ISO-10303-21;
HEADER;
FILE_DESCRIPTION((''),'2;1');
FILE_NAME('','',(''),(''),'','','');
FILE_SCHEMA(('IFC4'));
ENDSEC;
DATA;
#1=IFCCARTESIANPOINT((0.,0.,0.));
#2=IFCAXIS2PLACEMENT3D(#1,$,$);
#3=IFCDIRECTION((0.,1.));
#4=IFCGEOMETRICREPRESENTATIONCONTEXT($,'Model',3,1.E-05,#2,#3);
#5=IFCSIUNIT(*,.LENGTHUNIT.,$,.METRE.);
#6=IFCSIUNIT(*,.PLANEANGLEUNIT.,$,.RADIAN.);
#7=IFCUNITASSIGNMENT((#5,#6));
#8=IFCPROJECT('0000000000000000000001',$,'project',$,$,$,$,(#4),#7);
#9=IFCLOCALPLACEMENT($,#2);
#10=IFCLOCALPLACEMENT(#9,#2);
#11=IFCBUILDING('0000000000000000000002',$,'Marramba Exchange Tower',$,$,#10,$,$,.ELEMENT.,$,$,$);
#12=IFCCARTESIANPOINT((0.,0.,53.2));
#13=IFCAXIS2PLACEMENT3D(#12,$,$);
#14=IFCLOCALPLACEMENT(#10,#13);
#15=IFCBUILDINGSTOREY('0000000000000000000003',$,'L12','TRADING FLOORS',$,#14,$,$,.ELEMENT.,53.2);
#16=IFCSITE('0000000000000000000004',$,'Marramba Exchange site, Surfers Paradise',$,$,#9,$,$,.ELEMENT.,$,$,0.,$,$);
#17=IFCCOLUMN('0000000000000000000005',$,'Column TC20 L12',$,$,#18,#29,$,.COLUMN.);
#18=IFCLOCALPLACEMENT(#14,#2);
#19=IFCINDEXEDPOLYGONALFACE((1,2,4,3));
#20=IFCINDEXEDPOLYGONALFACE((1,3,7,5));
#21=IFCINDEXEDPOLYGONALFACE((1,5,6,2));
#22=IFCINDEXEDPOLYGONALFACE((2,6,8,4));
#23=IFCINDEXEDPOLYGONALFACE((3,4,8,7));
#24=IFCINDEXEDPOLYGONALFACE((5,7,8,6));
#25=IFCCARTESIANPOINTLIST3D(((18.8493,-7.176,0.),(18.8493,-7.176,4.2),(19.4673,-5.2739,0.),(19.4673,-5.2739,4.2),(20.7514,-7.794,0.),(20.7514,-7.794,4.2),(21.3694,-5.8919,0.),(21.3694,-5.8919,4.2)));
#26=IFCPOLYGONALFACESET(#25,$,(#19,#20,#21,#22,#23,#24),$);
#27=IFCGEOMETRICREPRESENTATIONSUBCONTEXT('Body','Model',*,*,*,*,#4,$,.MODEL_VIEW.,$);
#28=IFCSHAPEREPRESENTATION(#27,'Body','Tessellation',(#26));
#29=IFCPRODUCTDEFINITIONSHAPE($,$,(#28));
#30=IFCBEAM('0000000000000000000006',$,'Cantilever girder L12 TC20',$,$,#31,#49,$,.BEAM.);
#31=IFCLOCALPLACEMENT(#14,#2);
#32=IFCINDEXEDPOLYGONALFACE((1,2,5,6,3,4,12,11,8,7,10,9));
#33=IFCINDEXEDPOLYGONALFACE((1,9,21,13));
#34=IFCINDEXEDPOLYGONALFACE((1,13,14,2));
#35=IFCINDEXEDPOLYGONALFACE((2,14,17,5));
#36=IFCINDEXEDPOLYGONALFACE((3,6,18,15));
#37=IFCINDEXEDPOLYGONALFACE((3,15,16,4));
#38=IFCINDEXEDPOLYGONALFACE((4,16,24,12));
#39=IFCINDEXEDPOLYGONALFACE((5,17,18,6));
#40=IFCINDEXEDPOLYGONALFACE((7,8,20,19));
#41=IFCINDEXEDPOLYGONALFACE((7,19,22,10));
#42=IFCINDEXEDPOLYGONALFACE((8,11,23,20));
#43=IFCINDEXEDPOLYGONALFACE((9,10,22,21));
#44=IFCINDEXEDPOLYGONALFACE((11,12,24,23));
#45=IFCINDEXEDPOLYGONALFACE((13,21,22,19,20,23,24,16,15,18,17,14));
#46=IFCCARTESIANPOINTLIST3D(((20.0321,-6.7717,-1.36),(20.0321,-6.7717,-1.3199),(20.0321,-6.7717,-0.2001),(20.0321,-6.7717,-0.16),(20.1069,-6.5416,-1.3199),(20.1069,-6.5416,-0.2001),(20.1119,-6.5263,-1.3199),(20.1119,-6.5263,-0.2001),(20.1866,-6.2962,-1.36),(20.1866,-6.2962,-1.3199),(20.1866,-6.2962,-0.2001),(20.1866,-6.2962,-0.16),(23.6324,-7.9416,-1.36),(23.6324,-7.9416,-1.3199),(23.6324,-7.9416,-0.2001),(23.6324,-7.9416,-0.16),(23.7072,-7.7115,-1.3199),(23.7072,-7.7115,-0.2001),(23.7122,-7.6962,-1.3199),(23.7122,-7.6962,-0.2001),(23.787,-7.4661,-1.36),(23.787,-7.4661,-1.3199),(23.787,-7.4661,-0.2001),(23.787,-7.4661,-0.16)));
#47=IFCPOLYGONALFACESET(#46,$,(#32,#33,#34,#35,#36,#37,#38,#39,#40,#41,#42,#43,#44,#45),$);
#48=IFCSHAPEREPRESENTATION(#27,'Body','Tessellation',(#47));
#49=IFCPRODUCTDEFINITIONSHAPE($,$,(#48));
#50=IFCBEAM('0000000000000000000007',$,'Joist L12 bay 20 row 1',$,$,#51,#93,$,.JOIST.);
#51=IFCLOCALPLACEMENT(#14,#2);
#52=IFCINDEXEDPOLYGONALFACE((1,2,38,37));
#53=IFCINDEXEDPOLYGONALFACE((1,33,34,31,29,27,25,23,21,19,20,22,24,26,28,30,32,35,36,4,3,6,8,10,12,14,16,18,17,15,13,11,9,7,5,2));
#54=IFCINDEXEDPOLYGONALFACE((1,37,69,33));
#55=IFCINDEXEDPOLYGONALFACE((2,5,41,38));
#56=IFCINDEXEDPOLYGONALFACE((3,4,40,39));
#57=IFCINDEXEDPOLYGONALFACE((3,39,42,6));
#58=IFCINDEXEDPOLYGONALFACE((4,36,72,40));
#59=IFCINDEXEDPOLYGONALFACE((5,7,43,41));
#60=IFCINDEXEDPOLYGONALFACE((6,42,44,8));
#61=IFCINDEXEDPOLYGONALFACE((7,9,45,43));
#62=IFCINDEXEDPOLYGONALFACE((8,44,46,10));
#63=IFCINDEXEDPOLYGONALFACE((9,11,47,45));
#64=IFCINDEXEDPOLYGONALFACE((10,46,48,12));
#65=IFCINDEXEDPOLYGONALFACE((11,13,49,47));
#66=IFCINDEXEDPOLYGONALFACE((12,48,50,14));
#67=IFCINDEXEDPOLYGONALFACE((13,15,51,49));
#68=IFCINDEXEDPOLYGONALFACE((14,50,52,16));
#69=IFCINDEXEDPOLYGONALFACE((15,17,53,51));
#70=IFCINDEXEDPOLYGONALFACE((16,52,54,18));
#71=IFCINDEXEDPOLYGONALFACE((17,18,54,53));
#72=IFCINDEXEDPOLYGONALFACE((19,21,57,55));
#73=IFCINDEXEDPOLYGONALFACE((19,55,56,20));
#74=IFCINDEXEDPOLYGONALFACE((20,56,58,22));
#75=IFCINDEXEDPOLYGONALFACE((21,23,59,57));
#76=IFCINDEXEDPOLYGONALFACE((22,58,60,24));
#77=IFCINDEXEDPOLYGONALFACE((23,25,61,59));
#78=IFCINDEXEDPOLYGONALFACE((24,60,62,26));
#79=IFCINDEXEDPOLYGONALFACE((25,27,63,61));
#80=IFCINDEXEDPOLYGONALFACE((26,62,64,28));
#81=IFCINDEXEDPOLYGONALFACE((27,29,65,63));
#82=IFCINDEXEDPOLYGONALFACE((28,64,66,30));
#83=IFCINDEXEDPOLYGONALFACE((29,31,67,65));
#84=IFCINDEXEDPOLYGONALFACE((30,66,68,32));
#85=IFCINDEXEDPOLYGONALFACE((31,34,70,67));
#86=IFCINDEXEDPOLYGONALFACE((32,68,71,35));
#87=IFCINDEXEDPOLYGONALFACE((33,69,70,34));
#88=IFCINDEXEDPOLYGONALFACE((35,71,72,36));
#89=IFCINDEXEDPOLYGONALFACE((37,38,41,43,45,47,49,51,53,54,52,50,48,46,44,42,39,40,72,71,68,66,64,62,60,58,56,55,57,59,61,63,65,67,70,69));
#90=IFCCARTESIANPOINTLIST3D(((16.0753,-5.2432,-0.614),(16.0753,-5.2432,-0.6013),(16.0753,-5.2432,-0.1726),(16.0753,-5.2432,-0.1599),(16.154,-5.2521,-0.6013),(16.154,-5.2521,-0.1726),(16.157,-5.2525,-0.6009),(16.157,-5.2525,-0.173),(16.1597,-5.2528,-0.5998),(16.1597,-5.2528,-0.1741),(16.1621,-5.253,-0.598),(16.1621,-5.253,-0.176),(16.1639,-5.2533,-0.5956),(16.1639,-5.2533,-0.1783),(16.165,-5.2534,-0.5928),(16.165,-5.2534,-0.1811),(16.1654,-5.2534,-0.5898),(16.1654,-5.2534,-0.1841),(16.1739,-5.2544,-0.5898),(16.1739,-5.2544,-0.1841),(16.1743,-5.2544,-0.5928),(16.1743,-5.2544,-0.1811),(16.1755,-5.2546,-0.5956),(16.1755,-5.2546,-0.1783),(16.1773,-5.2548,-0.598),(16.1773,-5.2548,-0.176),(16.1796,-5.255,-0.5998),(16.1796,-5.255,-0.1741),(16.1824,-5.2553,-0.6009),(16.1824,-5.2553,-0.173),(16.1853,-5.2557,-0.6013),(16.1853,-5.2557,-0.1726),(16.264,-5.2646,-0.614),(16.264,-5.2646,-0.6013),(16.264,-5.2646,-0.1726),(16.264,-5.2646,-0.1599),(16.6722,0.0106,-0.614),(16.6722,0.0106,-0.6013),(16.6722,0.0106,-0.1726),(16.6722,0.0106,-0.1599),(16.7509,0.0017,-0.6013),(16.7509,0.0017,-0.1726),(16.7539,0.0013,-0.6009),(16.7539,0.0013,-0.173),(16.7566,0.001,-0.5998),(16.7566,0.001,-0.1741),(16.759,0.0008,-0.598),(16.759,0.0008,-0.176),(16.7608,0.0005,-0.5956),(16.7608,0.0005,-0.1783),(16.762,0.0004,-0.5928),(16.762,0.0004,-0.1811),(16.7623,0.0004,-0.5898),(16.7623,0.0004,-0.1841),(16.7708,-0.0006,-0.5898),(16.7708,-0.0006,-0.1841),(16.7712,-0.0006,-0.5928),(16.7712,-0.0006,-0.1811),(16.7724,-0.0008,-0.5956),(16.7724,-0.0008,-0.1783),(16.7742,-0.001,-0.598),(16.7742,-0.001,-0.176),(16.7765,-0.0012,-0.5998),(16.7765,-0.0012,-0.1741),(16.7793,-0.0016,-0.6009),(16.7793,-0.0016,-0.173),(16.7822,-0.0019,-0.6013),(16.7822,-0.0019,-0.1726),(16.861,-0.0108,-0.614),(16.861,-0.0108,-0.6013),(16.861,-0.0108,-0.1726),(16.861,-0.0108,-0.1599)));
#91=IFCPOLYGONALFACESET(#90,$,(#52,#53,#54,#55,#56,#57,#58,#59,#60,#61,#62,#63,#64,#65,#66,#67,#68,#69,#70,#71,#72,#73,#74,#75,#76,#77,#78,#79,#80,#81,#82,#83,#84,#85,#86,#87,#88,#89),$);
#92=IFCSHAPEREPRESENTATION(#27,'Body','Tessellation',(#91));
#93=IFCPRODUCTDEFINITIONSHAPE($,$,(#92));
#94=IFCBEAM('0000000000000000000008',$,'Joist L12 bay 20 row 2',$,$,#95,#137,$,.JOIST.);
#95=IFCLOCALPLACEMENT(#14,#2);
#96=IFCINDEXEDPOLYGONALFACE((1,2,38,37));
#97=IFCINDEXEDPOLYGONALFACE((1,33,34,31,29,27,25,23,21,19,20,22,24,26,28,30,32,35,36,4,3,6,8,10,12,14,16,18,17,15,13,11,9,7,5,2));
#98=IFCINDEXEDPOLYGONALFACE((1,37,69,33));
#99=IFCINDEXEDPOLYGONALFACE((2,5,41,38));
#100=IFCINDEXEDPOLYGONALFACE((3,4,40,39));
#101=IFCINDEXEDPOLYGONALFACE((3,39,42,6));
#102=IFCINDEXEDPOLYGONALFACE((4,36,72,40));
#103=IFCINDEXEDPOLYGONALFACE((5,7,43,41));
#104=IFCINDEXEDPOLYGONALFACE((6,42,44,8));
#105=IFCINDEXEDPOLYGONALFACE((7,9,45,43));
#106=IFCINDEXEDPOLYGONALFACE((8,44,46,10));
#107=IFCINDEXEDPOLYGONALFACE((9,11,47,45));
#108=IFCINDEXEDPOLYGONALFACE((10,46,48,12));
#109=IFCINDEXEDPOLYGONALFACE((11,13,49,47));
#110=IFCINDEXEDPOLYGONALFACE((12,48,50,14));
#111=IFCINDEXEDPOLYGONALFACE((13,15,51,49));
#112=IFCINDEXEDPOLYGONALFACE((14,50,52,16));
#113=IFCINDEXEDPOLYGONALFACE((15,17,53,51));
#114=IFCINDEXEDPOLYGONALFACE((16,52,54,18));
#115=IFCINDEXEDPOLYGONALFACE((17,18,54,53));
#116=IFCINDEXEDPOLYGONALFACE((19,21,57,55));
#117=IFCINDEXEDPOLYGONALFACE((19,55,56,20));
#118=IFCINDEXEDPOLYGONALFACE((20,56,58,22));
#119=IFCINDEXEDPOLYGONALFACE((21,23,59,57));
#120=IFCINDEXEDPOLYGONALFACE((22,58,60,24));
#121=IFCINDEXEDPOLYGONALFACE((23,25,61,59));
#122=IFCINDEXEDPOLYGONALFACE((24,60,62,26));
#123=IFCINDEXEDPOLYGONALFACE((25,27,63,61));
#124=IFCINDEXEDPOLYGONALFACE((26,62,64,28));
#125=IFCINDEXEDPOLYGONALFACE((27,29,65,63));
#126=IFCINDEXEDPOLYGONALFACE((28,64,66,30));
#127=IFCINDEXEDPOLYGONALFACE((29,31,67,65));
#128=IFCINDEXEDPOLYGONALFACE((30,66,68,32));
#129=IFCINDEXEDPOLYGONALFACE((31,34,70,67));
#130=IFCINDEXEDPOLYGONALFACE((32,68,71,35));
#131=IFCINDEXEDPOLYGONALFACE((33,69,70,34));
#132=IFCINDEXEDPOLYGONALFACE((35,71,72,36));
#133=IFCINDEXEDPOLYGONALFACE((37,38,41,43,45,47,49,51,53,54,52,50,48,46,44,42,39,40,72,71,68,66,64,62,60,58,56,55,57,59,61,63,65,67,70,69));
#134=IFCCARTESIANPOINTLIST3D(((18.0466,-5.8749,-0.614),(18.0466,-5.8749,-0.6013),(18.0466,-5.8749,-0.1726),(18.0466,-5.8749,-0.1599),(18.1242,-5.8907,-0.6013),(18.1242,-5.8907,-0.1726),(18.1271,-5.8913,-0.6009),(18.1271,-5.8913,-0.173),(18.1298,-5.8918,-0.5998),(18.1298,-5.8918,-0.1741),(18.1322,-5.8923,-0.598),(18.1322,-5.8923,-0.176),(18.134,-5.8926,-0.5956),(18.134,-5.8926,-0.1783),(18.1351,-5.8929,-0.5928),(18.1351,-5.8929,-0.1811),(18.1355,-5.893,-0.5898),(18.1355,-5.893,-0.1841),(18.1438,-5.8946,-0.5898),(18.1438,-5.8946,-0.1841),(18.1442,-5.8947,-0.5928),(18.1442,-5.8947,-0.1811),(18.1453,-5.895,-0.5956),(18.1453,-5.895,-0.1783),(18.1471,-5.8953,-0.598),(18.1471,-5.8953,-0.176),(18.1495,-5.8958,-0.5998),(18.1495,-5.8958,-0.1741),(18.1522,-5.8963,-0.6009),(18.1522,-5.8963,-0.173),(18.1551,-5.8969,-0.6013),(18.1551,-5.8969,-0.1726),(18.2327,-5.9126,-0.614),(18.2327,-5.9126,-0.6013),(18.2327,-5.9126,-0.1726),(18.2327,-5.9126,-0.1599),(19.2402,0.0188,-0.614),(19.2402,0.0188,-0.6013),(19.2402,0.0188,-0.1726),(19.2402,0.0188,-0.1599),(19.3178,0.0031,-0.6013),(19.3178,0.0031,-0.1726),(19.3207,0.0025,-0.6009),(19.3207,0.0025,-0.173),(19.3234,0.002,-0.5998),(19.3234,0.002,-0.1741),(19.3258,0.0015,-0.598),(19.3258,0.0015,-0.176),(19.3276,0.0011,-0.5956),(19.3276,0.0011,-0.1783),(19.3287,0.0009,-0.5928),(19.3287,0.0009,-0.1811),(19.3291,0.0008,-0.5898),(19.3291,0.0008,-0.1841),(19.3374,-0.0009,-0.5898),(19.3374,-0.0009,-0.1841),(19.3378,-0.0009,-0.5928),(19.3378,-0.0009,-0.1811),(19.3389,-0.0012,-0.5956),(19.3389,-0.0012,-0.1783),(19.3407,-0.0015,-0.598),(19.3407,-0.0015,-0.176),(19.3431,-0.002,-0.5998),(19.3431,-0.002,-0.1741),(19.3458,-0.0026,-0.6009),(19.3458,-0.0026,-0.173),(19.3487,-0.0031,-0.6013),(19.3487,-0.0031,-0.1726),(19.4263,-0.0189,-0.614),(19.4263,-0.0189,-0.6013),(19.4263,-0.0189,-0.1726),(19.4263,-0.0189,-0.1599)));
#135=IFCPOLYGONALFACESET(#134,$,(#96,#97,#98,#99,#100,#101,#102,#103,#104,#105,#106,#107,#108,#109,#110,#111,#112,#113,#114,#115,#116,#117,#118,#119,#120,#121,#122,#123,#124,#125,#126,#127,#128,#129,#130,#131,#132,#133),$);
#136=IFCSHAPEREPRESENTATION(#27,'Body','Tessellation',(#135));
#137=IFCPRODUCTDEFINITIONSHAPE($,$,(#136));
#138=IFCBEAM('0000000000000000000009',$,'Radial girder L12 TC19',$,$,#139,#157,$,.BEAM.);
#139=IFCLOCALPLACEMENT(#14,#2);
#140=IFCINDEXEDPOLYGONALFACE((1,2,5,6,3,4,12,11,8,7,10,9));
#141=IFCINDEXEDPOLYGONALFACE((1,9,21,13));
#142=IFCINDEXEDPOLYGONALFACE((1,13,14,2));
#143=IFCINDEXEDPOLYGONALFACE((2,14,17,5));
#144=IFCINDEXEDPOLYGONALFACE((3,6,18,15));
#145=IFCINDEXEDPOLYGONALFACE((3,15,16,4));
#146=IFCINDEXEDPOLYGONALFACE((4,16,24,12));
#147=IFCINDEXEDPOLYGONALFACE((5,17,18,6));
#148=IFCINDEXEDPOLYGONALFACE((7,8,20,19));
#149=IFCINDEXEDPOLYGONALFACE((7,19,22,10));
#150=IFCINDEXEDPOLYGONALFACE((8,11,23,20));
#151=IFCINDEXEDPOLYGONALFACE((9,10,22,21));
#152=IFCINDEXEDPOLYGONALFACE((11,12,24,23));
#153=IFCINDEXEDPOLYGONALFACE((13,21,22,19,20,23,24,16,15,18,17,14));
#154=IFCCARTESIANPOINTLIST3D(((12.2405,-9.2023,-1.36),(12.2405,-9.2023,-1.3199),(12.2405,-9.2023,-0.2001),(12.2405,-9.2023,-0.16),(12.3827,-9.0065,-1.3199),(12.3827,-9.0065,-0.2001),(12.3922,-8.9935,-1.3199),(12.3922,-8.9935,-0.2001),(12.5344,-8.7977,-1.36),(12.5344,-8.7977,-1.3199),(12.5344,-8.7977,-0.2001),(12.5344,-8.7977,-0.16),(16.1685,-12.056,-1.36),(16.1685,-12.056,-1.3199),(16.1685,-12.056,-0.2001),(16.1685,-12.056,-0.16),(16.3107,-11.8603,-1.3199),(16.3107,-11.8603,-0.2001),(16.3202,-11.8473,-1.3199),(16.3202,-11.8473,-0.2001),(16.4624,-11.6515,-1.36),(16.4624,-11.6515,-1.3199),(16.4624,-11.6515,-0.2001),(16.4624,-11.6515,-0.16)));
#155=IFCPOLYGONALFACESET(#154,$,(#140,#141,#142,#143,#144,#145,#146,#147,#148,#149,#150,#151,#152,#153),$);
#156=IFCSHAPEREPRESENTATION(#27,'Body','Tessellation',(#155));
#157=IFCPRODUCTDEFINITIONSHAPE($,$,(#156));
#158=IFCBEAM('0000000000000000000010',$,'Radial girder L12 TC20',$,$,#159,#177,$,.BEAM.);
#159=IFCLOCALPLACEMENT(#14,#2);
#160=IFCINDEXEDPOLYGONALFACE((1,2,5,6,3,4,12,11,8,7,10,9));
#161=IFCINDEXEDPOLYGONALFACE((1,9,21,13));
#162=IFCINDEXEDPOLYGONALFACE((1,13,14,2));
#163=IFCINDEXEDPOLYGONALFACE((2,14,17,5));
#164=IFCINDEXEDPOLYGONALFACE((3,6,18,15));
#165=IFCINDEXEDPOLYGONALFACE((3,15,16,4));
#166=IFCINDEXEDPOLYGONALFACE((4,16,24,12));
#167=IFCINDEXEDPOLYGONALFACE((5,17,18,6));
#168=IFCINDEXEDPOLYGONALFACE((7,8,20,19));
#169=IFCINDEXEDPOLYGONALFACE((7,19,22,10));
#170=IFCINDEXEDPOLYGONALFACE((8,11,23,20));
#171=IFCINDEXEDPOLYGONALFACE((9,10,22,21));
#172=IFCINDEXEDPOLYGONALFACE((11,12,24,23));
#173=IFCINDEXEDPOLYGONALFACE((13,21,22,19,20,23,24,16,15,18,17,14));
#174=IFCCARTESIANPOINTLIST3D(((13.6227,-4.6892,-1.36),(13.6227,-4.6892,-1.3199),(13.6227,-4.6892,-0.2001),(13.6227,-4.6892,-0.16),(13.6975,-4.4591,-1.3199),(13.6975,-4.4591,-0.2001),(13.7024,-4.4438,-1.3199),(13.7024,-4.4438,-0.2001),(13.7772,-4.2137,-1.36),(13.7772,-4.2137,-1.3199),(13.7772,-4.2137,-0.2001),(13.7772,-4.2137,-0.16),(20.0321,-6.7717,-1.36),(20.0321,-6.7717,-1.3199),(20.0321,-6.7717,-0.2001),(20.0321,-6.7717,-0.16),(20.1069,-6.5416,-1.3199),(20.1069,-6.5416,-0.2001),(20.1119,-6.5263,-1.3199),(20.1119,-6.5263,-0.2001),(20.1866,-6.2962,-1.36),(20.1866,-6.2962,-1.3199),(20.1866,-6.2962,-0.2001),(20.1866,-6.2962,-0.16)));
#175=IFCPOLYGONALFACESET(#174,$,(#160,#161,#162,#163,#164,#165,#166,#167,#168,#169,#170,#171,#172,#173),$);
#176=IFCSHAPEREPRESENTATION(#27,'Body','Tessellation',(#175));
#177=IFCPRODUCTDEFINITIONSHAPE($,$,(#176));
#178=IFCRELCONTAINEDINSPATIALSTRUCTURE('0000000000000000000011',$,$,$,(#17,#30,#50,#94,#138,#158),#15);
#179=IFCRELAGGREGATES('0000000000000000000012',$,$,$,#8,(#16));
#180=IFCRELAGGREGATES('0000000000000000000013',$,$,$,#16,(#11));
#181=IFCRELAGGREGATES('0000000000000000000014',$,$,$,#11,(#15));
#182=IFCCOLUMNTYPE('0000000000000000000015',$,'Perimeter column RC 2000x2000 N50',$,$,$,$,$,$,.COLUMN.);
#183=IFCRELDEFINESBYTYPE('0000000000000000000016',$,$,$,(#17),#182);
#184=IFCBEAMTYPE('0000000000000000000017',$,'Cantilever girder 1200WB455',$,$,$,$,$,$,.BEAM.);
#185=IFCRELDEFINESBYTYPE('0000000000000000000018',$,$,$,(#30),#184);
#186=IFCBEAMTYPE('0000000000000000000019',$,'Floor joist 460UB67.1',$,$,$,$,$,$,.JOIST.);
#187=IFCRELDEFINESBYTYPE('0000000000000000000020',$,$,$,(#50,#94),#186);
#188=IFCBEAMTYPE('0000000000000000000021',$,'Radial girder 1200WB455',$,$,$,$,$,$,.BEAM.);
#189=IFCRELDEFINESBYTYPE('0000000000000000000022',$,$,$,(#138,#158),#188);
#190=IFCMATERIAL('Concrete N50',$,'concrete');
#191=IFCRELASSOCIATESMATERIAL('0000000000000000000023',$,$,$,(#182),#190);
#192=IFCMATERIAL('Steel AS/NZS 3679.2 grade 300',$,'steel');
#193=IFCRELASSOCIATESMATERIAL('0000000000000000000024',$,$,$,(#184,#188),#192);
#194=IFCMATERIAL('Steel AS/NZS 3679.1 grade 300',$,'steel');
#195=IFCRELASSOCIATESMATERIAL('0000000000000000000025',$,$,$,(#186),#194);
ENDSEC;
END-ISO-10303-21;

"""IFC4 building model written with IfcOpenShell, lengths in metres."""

from ifc_helpers import new_model, si_unit, direction, frame, origin, origin_2d, place, context, subcontext, project, spatial, rectangle, i_section, extrude, material, material_profile, profile_set, type_object, element, save


model = new_model("IFC4")

# Units and contexts
model_context = context("Model", 3, precision=1e-05, world=origin(), true_north=direction((0.0, 1.0)))
body_context = subcontext(model_context, "Body", "Model", "MODEL_VIEW")
ifc_project = project(units=[si_unit("LENGTHUNIT", "METRE"), si_unit("PLANEANGLEUNIT", "RADIAN")], contexts=[model_context])

# Site, building, storey
site_placement = place(None, origin())
site = spatial("IfcSite", under=ifc_project, at=site_placement, Name="Marramba Exchange site, Surfers Paradise", CompositionType="ELEMENT", RefElevation=0.0)
building_placement = place(site_placement, origin())
building = spatial("IfcBuilding", under=site, at=building_placement, Name="Marramba Exchange Tower", CompositionType="ELEMENT")
storey_placement = place(building_placement, frame((0.0, 0.0, 53.2)))
storey = spatial("IfcBuildingStorey", under=building, at=storey_placement, Name="L12", Description="TRADING FLOORS", CompositionType="ELEMENT", Elevation=53.2)

# Column
ifc_material_1 = material(Name="Concrete N50", Category="concrete")
ifc_material_profile_1 = material_profile(ifc_material_1, rectangle(XDim=2.0, YDim=2.0, at=origin_2d()), Name="RC 2000x2000")
ifc_profile_set_1 = profile_set([ifc_material_profile_1], Name="Concrete N50")
column_type = type_object("IfcColumnType", Name="Perimeter column RC 2000x2000 N50", PredefinedType="COLUMN", material=ifc_profile_set_1)
column_placement = place(storey_placement, frame((20.1094, -6.5339, 0.0), z_axis=(0.0, 0.0, 1.0), x_axis=(0.951057, -0.309017, 0.0)))
element("IfcColumn", 1, at=column_placement, inside=storey, type_object=column_type, Name="Column TC20 L12", PredefinedType="COLUMN", context=body_context, shape_type="SweptSolid", body=[
    extrude(rectangle(XDim=2.0, YDim=2.0, at=origin_2d()), origin(), (0.0, 0.0, 1.0), 4.2),
])

# Beams
ifc_material_2 = material(Name="Steel AS/NZS 3679.2 grade 300", Category="steel")
ifc_material_profile_2 = material_profile(ifc_material_2, i_section(OverallWidth=0.5, OverallDepth=1.2, WebThickness=0.0161, FlangeThickness=0.04, at=origin_2d()), Name="1200WB455")
ifc_profile_set_2 = profile_set([ifc_material_profile_2], Name="Steel AS/NZS 3679.2 grade 300")
beam_type_1 = type_object("IfcBeamType", Name="Cantilever girder 1200WB455", PredefinedType="BEAM", material=ifc_profile_set_2)
beam_1_placement = place(storey_placement, frame((20.1094, -6.5339, -0.76), z_axis=(0.951049, -0.309041, 0.0), x_axis=(0.309041, 0.951049, 0.0)))
element("IfcBeam", 2, at=beam_1_placement, inside=storey, type_object=beam_type_1, Name="Cantilever girder L12 TC20", PredefinedType="BEAM", context=body_context, shape_type="SweptSolid", body=[
    extrude(i_section(OverallWidth=0.5, OverallDepth=1.2, WebThickness=0.0161, FlangeThickness=0.04, at=origin_2d()), origin(), (0.0, 0.0, 1.0), 3.7856),
])
ifc_material_3 = material(Name="Steel AS/NZS 3679.1 grade 300", Category="steel")
ifc_material_profile_3 = material_profile(ifc_material_3, i_section(OverallWidth=0.1899, OverallDepth=0.4541, WebThickness=0.0085, FlangeThickness=0.0127, FilletRadius=0.0115, at=origin_2d()), Name="460UB67.1")
ifc_profile_set_3 = profile_set([ifc_material_profile_3], Name="Steel AS/NZS 3679.1 grade 300")
beam_type_2 = type_object("IfcBeamType", Name="Floor joist 460UB67.1", PredefinedType="JOIST", material=ifc_profile_set_3)
beam_2_placement = place(storey_placement, frame((16.1697, -5.2539, -0.387), z_axis=(0.112889, 0.993608, 0.0), x_axis=(-0.993608, 0.112889, 0.0)))
element("IfcBeam", 3, at=beam_2_placement, inside=storey, type_object=beam_type_2, Name="Joist L12 bay 20 row 1", PredefinedType="JOIST", context=body_context, shape_type="SweptSolid", body=[
    extrude(i_section(OverallWidth=0.1899, OverallDepth=0.4541, WebThickness=0.0085, FlangeThickness=0.0127, FilletRadius=0.0115, at=origin_2d()), origin(), (0.0, 0.0, 1.0), 5.2876),
])
beam_3_placement = place(storey_placement, frame((18.1396, -5.8938, -0.387), z_axis=(0.198489, 0.980103, 0.0), x_axis=(-0.980103, 0.198489, 0.0)))
element("IfcBeam", 4, at=beam_3_placement, inside=storey, type_object=beam_type_2, Name="Joist L12 bay 20 row 2", PredefinedType="JOIST", context=body_context, shape_type="SweptSolid", body=[
    extrude(i_section(OverallWidth=0.1899, OverallDepth=0.4541, WebThickness=0.0085, FlangeThickness=0.0127, FilletRadius=0.0115, at=origin_2d()), origin(), (0.0, 0.0, 1.0), 6.0134),
])
ifc_material_profile_4 = material_profile(ifc_material_2, i_section(OverallWidth=0.5, OverallDepth=1.2, WebThickness=0.0161, FlangeThickness=0.04, at=origin_2d()), Name="1200WB455")
ifc_profile_set_4 = profile_set([ifc_material_profile_4], Name="Steel AS/NZS 3679.2 grade 300")
beam_type_3 = type_object("IfcBeamType", Name="Radial girder 1200WB455", PredefinedType="BEAM", material=ifc_profile_set_4)
beam_4_placement = place(storey_placement, frame((12.3875, -9.0, -0.76), z_axis=(0.809025, -0.587774, 0.0), x_axis=(0.587774, 0.809025, 0.0)))
element("IfcBeam", 5, at=beam_4_placement, inside=storey, type_object=beam_type_3, Name="Radial girder L12 TC19", PredefinedType="BEAM", context=body_context, shape_type="SweptSolid", body=[
    extrude(i_section(OverallWidth=0.5, OverallDepth=1.2, WebThickness=0.0161, FlangeThickness=0.04, at=origin_2d()), origin(), (0.0, 0.0, 1.0), 4.8552),
])
beam_5_placement = place(storey_placement, frame((13.7, -4.4514, -0.76), z_axis=(0.951058, -0.309013, 0.0), x_axis=(0.309013, 0.951058, 0.0)))
element("IfcBeam", 6, at=beam_5_placement, inside=storey, type_object=beam_type_3, Name="Radial girder L12 TC20", PredefinedType="BEAM", context=body_context, shape_type="SweptSolid", body=[
    extrude(i_section(OverallWidth=0.5, OverallDepth=1.2, WebThickness=0.0161, FlangeThickness=0.04, at=origin_2d()), origin(), (0.0, 0.0, 1.0), 6.7393),
])

save(model, "model.ifc")
